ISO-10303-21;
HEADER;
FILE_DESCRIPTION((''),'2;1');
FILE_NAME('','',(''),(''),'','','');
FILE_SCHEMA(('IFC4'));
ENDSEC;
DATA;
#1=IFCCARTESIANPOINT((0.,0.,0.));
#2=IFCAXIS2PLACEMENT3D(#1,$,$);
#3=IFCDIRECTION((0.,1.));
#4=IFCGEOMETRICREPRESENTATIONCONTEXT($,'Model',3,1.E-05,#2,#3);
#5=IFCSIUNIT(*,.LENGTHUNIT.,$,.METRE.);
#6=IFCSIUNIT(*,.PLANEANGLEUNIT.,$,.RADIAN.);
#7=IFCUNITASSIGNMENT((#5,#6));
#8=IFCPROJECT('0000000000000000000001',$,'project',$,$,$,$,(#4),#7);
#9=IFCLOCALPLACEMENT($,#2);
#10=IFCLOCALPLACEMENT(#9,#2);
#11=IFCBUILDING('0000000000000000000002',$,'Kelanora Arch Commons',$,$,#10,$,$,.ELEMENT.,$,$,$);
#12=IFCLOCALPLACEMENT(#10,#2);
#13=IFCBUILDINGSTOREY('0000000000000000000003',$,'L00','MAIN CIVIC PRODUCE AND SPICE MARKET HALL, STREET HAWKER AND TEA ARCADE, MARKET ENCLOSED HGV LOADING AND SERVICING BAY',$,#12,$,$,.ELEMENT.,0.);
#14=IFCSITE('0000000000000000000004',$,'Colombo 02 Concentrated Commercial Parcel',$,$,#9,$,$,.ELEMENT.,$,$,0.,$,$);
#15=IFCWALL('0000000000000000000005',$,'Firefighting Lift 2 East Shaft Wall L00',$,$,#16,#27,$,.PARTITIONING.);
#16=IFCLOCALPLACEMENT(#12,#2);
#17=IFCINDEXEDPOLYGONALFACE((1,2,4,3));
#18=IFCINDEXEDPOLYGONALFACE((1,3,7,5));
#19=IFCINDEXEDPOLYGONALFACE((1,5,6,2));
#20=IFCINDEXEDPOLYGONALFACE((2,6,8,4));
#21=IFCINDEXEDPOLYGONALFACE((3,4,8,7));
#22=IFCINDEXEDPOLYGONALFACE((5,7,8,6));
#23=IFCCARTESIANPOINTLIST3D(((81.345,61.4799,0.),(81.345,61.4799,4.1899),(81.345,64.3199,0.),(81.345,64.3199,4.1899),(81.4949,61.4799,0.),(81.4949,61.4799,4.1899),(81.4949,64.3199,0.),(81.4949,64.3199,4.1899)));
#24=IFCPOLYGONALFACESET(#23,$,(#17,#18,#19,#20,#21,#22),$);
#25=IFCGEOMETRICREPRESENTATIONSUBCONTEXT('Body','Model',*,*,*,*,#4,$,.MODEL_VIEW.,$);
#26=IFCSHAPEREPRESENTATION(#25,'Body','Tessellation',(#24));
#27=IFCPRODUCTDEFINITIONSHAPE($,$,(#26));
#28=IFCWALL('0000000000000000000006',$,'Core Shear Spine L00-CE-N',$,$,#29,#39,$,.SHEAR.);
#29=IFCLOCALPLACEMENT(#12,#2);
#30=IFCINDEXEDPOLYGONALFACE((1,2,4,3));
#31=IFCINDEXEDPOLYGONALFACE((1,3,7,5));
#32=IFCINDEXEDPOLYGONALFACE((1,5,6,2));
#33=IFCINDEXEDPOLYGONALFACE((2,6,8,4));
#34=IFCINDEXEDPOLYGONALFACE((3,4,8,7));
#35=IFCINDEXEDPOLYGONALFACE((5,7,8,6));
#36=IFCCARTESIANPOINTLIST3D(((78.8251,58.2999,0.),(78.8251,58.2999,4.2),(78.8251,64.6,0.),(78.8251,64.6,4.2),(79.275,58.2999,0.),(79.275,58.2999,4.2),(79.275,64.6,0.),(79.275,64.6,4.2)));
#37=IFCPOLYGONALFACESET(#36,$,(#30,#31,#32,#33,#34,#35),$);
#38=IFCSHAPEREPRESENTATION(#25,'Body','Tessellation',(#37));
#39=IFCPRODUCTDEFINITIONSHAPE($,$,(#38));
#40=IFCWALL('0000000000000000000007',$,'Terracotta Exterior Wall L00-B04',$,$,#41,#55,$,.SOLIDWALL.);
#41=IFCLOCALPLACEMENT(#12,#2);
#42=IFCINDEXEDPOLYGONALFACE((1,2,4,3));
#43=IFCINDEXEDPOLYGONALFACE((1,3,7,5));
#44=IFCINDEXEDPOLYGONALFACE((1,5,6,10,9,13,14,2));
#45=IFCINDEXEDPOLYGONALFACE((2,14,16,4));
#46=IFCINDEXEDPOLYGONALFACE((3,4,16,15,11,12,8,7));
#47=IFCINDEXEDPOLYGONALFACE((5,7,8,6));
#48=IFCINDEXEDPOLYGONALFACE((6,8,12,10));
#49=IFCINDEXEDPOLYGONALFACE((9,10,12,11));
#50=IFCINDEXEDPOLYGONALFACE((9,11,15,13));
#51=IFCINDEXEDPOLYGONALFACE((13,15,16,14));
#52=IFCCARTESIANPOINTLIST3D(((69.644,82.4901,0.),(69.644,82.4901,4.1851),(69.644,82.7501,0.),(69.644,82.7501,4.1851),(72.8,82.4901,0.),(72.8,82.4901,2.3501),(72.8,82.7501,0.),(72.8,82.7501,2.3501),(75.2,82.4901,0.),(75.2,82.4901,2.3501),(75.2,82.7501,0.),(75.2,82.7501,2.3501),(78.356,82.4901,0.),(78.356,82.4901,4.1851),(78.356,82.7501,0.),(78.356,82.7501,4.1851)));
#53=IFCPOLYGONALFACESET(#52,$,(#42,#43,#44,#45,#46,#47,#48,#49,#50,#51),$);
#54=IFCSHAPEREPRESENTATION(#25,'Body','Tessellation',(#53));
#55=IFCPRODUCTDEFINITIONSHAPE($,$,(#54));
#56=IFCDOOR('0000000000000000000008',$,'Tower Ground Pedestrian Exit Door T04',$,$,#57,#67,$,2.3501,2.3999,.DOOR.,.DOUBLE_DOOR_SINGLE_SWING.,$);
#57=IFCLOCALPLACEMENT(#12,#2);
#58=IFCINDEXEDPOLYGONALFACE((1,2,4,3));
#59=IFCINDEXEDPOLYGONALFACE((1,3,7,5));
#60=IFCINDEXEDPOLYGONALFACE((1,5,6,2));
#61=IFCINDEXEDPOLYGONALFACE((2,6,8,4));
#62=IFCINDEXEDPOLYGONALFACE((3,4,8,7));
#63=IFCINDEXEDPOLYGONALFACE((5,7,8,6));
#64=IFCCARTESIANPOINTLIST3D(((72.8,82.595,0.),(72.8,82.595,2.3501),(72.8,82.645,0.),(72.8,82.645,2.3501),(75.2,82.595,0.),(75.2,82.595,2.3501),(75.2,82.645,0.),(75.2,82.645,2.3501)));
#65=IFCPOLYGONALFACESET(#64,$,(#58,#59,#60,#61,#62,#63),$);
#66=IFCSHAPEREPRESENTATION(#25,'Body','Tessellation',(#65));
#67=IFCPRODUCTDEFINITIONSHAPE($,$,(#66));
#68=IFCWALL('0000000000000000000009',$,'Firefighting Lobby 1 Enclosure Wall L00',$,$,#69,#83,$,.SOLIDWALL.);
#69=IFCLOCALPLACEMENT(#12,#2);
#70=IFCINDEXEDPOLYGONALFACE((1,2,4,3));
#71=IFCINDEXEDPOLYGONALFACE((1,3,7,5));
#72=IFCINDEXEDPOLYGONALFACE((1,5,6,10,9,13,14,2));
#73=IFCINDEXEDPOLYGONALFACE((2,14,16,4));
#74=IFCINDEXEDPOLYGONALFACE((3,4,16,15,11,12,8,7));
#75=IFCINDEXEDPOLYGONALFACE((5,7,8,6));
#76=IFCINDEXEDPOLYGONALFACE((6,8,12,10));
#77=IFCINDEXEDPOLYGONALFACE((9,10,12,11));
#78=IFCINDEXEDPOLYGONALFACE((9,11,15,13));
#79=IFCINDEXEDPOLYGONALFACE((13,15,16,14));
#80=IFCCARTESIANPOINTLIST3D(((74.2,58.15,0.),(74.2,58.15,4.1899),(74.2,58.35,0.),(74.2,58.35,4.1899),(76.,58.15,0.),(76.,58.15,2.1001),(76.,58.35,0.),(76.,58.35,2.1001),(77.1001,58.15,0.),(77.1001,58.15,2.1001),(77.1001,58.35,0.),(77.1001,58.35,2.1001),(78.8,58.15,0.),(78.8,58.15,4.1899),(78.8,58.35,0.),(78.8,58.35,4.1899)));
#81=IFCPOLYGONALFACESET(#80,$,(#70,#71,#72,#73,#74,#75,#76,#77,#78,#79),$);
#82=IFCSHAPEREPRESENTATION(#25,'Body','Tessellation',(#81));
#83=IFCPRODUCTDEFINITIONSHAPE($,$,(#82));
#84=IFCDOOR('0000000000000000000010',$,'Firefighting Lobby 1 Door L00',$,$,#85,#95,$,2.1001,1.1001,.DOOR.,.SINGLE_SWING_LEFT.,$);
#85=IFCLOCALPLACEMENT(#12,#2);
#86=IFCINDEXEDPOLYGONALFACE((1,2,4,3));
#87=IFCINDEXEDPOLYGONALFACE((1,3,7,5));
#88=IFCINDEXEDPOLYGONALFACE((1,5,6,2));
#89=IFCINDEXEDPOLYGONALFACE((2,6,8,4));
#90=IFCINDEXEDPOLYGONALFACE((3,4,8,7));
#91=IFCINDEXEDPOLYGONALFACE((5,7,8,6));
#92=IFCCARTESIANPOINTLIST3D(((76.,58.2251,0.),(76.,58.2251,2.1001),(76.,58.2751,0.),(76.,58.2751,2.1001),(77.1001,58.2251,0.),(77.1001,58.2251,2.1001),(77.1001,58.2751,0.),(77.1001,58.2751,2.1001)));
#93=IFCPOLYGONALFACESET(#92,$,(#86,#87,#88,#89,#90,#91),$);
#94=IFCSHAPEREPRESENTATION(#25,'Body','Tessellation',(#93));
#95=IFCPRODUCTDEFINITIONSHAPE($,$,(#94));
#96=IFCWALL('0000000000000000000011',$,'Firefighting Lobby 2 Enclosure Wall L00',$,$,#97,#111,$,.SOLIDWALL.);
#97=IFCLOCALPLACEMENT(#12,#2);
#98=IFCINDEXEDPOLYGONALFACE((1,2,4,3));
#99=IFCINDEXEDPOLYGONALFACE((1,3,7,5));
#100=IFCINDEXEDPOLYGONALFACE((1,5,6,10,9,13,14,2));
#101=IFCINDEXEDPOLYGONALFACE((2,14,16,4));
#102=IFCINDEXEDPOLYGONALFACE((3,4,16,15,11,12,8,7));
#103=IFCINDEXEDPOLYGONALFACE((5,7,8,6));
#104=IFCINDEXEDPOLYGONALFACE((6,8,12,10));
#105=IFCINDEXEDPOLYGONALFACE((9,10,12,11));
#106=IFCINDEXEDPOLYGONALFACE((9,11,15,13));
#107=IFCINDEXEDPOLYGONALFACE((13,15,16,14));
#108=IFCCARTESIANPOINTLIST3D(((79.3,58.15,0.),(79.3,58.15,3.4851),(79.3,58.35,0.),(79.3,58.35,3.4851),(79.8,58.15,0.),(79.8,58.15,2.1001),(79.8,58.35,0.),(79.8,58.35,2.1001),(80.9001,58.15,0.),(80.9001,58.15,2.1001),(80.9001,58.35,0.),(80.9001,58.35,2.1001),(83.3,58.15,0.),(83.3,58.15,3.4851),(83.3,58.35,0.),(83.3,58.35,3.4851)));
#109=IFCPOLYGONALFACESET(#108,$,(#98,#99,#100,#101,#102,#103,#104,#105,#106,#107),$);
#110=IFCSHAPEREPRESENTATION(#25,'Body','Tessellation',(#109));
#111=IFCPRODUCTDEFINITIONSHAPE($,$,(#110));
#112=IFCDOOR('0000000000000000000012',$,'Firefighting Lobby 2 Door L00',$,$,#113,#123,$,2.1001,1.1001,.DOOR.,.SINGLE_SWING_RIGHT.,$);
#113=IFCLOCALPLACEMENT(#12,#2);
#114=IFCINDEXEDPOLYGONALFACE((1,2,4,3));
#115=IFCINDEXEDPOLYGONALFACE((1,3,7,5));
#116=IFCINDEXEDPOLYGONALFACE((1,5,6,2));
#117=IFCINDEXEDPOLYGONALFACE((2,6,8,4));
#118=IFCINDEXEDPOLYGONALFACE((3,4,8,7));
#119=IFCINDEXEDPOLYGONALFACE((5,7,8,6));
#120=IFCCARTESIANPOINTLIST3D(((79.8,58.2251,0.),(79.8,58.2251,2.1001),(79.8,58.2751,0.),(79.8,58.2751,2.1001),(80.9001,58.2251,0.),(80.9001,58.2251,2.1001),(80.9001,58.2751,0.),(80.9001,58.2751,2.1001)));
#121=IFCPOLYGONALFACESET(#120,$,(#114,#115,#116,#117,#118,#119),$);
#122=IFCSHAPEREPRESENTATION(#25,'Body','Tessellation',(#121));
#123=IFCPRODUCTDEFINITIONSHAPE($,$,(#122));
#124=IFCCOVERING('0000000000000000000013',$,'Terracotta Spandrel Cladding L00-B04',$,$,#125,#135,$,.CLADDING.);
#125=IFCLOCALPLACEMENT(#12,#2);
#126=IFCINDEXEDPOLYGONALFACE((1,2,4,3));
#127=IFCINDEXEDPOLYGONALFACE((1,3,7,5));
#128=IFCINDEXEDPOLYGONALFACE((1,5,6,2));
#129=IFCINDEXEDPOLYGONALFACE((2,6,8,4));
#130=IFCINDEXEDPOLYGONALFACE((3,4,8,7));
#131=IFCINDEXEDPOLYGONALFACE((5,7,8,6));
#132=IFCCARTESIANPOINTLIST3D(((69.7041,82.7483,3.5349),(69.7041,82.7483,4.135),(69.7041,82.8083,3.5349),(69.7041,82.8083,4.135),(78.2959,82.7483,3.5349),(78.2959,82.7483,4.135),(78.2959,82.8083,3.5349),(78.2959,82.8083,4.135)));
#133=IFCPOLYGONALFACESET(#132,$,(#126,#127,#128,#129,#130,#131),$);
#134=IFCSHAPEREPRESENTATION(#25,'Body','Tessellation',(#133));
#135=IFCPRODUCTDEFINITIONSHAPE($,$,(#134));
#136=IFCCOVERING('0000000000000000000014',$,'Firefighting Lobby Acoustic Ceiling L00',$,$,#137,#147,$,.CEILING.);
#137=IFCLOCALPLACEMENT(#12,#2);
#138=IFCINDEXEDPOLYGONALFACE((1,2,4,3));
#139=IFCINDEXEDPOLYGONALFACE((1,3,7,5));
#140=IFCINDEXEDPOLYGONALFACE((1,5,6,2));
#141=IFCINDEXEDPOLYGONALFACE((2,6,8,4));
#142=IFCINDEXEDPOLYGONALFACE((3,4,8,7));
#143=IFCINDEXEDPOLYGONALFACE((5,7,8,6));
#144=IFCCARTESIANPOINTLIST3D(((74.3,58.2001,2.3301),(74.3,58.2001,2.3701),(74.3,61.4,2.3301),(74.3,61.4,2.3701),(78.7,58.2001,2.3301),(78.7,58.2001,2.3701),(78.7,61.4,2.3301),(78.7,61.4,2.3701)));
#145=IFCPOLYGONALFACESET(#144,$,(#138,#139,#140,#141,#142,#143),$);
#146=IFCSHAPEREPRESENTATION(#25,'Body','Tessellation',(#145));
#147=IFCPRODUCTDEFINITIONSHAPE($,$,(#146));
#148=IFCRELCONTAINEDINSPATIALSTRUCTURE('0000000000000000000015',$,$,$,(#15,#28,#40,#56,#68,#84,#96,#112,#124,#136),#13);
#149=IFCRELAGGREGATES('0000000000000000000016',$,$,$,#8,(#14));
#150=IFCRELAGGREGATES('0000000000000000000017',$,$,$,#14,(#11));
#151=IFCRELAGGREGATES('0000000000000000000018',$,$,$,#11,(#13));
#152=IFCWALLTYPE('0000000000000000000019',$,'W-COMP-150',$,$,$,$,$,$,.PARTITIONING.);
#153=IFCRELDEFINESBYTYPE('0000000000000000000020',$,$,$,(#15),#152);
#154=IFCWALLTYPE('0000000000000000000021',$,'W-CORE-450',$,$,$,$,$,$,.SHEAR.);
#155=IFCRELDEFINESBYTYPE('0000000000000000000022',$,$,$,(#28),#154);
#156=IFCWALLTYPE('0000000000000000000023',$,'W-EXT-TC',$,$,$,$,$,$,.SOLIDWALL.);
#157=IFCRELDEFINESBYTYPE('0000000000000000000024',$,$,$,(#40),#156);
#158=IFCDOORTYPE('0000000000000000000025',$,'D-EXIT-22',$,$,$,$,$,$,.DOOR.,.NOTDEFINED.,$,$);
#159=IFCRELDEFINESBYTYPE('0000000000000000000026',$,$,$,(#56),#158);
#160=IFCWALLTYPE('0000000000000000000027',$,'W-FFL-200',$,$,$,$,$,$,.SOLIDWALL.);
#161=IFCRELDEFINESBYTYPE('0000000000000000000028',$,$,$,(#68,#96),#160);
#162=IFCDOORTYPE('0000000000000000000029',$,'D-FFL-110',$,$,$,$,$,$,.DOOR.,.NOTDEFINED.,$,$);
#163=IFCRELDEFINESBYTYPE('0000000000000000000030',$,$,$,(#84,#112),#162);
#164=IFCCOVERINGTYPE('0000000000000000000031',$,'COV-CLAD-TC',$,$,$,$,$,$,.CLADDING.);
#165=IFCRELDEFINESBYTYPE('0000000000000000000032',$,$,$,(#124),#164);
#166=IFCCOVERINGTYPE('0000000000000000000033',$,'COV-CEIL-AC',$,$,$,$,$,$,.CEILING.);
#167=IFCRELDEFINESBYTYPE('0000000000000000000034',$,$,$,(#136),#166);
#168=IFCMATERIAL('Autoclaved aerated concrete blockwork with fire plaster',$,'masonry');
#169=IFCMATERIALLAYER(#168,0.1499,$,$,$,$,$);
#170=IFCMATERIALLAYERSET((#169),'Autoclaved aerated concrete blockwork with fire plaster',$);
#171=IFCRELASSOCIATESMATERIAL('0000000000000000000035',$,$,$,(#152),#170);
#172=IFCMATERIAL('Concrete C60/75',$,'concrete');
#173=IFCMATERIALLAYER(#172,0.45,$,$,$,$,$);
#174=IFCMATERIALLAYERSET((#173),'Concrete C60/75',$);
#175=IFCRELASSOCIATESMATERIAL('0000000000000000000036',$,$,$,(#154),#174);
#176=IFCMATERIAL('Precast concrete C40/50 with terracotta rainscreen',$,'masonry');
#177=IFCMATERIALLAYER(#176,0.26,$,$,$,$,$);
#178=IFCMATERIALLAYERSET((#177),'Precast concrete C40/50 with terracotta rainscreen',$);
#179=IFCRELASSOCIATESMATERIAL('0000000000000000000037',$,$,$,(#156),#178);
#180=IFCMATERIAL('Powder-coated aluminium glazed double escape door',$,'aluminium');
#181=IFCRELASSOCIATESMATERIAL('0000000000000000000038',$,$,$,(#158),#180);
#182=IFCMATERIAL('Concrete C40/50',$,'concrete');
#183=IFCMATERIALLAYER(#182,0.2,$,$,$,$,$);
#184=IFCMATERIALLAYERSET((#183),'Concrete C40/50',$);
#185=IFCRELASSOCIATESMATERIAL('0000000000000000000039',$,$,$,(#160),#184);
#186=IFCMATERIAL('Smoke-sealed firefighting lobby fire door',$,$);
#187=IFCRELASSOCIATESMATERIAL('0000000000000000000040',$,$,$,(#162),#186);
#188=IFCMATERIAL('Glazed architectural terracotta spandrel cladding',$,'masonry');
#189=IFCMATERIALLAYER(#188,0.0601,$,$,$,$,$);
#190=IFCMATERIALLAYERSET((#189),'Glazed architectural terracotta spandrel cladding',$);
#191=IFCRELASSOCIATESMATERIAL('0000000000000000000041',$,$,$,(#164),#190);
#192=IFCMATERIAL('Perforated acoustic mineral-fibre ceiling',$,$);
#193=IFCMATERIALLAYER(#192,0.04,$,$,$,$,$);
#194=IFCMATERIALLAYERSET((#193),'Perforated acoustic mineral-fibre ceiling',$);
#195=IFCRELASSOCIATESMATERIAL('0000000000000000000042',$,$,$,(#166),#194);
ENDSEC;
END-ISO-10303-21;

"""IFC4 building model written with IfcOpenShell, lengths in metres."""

from ifc_helpers import new_model, si_unit, direction, frame, frame_2d, origin, origin_2d, place, context, subcontext, project, spatial, rectangle, extrude, source, transform, mapped, material, layer, layer_set, type_object, element, fill, save


model = new_model("IFC4")

# Units and contexts
model_context = context("Model", 3, precision=1e-05, world=origin(), true_north=direction((0.0, 1.0)))
body_context = subcontext(model_context, "Body", "Model", "MODEL_VIEW")
ifc_project = project(units=[si_unit("LENGTHUNIT", "METRE"), si_unit("PLANEANGLEUNIT", "RADIAN")], contexts=[model_context])

# Site, building, storey
site_placement = place(None, origin())
site = spatial("IfcSite", under=ifc_project, at=site_placement, Name="Colombo 02 Concentrated Commercial Parcel", CompositionType="ELEMENT", RefElevation=0.0)
building_placement = place(site_placement, origin())
building = spatial("IfcBuilding", under=site, at=building_placement, Name="Kelanora Arch Commons", CompositionType="ELEMENT")
storey_placement = place(building_placement, origin())
storey = spatial("IfcBuildingStorey", under=building, at=storey_placement, Name="L00", Description="MAIN CIVIC PRODUCE AND SPICE MARKET HALL, STREET HAWKER AND TEA ARCADE, MARKET ENCLOSED HGV LOADING AND SERVICING BAY", CompositionType="ELEMENT", Elevation=0.0)

# Shared definitions
ifc_material_1 = material(Name="Concrete C60/75", Category="concrete")

# Walls
ifc_material_2 = material(Name="Autoclaved aerated concrete blockwork with fire plaster", Category="masonry")
ifc_layer_1 = layer(ifc_material_2, 0.1499)
ifc_layer_set_1 = layer_set([ifc_layer_1], Name="Autoclaved aerated concrete blockwork with fire plaster")
wall_type_1 = type_object("IfcWallType", Name="W-COMP-150", PredefinedType="PARTITIONING", material=ifc_layer_set_1)
for number, where, z_axis, x_axis, name in (
    (1, (81.4199, 61.48, 0.0), (0.0, 0.0, 1.0), (0.0, 1.0, 0.0), "Firefighting Lift 2 East Shaft Wall L00"),
):
    element("IfcWall", number, at=place(storey_placement, frame(where, z_axis=z_axis, x_axis=x_axis)), inside=storey, type_object=wall_type_1, Name=name, PredefinedType="PARTITIONING", context=body_context, shape_type="SweptSolid", body=[
        extrude(rectangle(XDim=2.8401, YDim=0.1499, at=frame_2d((1.4199, 0.0))), origin(), (0.0, 0.0, 1.0), 4.1899),
    ])
ifc_layer_2 = layer(ifc_material_1, 0.45)
ifc_layer_set_2 = layer_set([ifc_layer_2], Name="Concrete C60/75")
wall_type_2 = type_object("IfcWallType", Name="W-CORE-450", PredefinedType="SHEAR", material=ifc_layer_set_2)
wall_1_placement = place(storey_placement, frame((79.05, 58.3, 0.0), z_axis=(0.0, 0.0, 1.0), x_axis=(0.0, 1.0, 0.0)))
element("IfcWall", 2, at=wall_1_placement, inside=storey, type_object=wall_type_2, Name="Core Shear Spine L00-CE-N", PredefinedType="SHEAR", context=body_context, shape_type="SweptSolid", body=[
    extrude(rectangle(XDim=6.3, YDim=0.45, at=frame_2d((3.1499, 0.0))), origin(), (0.0, 0.0, 1.0), 4.2),
])

# Walls, openings, doors
ifc_material_3 = material(Name="Precast concrete C40/50 with terracotta rainscreen", Category="masonry")
ifc_layer_3 = layer(ifc_material_3, 0.26)
ifc_layer_set_3 = layer_set([ifc_layer_3], Name="Precast concrete C40/50 with terracotta rainscreen")
wall_type_3 = type_object("IfcWallType", Name="W-EXT-TC", PredefinedType="SOLIDWALL", material=ifc_layer_set_3)
wall_2_placement = place(storey_placement, frame((78.356, 82.6201, 0.0), z_axis=(0.0, 0.0, 1.0), x_axis=(-1.0, 0.0, 0.0)))
wall_2 = element("IfcWall", 3, at=wall_2_placement, inside=storey, type_object=wall_type_3, Name="Terracotta Exterior Wall L00-B04", PredefinedType="SOLIDWALL", context=body_context, shape_type="SweptSolid", body=[
    extrude(rectangle(XDim=8.7119, YDim=0.26, at=frame_2d((4.356, 0.0))), origin(), (0.0, 0.0, 1.0), 4.1851),
])
opening_1_placement = place(wall_2_placement, frame((3.156, 0.0, 0.0)))
opening_1 = element("IfcOpeningElement", 4, at=opening_1_placement, cuts=wall_2, PredefinedType="OPENING", context=body_context, shape_type="SweptSolid", body=[
    extrude(rectangle(XDim=2.3999, YDim=2.3501, at=frame_2d((1.2, 1.175))), frame((0.0, 0.1401, 0.0), z_axis=(0.0, -1.0, 0.0), x_axis=(1.0, 0.0, 0.0)), (0.0, 0.0, 1.0), 0.28),
])
ifc_material_4 = material(Name="Powder-coated aluminium glazed double escape door", Category="aluminium")
door_type_1 = type_object("IfcDoorType", Name="D-EXIT-22", OperationType="NOTDEFINED", PredefinedType="DOOR", material=ifc_material_4)
door_1_placement = place(opening_1_placement, frame((2.3999, 0.0, 0.0), z_axis=(0.0, 0.0, 1.0), x_axis=(-1.0, 0.0, 0.0)))
door_1 = element("IfcDoor", 5, at=door_1_placement, inside=storey, type_object=door_type_1, Name="Tower Ground Pedestrian Exit Door T04", OperationType="DOUBLE_DOOR_SINGLE_SWING", OverallHeight=2.3501, OverallWidth=2.3999, PredefinedType="DOOR", context=body_context, shape_type="SweptSolid", body=[
    extrude(rectangle(XDim=2.3999, YDim=2.3501, at=frame_2d((1.2, 1.175))), frame((0.0, 0.0249, 0.0), z_axis=(0.0, -1.0, 0.0), x_axis=(1.0, 0.0, 0.0)), (0.0, 0.0, 1.0), 0.05),
])
fill(opening_1, door_1)
ifc_material_5 = material(Name="Concrete C40/50", Category="concrete")
ifc_layer_4 = layer(ifc_material_5, 0.2)
ifc_layer_set_4 = layer_set([ifc_layer_4], Name="Concrete C40/50")
wall_type_4 = type_object("IfcWallType", Name="W-FFL-200", PredefinedType="SOLIDWALL", material=ifc_layer_set_4)
wall_3_placement = place(storey_placement, frame((74.2, 58.25, 0.0), z_axis=(0.0, 0.0, 1.0), x_axis=(1.0, 0.0, 0.0)))
wall_3 = element("IfcWall", 6, at=wall_3_placement, inside=storey, type_object=wall_type_4, Name="Firefighting Lobby 1 Enclosure Wall L00", PredefinedType="SOLIDWALL", context=body_context, shape_type="SweptSolid", body=[
    extrude(rectangle(XDim=4.6001, YDim=0.2, at=frame_2d((2.3, 0.0))), origin(), (0.0, 0.0, 1.0), 4.1899),
])
opening_2_placement = place(wall_3_placement, frame((1.8, 0.0, 0.0)))
opening_2 = element("IfcOpeningElement", 7, at=opening_2_placement, cuts=wall_3, PredefinedType="OPENING", context=body_context, shape_type="SweptSolid", body=[
    extrude(rectangle(XDim=1.1001, YDim=2.1001, at=frame_2d((0.55, 1.05))), frame((0.0, 0.1099, 0.0), z_axis=(0.0, -1.0, 0.0), x_axis=(1.0, 0.0, 0.0)), (0.0, 0.0, 1.0), 0.22),
])
ifc_material_6 = material(Name="Smoke-sealed firefighting lobby fire door")
door_type_2 = type_object("IfcDoorType", Name="D-FFL-110", OperationType="NOTDEFINED", PredefinedType="DOOR", material=ifc_material_6)
door_2_placement = place(opening_2_placement, frame((1.1001, 0.0, 0.0), z_axis=(0.0, 0.0, 1.0), x_axis=(-1.0, 0.0, 0.0)))
door_2 = element("IfcDoor", 8, at=door_2_placement, inside=storey, type_object=door_type_2, Name="Firefighting Lobby 1 Door L00", OperationType="SINGLE_SWING_LEFT", OverallHeight=2.1001, OverallWidth=1.1001, PredefinedType="DOOR", context=body_context, shape_type="SweptSolid", body=[
    extrude(rectangle(XDim=1.1001, YDim=2.1001, at=frame_2d((0.55, 1.05))), frame((0.0, 0.0249, 0.0), z_axis=(0.0, -1.0, 0.0), x_axis=(1.0, 0.0, 0.0)), (0.0, 0.0, 1.0), 0.05),
])
fill(opening_2, door_2)
wall_4_placement = place(storey_placement, frame((79.3, 58.25, 0.0), z_axis=(0.0, 0.0, 1.0), x_axis=(1.0, 0.0, 0.0)))
wall_4 = element("IfcWall", 9, at=wall_4_placement, inside=storey, type_object=wall_type_4, Name="Firefighting Lobby 2 Enclosure Wall L00", PredefinedType="SOLIDWALL", context=body_context, shape_type="SweptSolid", body=[
    extrude(rectangle(XDim=4.0, YDim=0.2, at=frame_2d((2.0, 0.0))), origin(), (0.0, 0.0, 1.0), 3.4851),
])
opening_3_placement = place(wall_4_placement, frame((0.5, 0.0, 0.0)))
opening_3 = element("IfcOpeningElement", 10, at=opening_3_placement, cuts=wall_4, PredefinedType="OPENING", context=body_context, shape_type="SweptSolid", body=[
    extrude(rectangle(XDim=1.1001, YDim=2.1001, at=frame_2d((0.55, 1.05))), frame((0.0, 0.1099, 0.0), z_axis=(0.0, -1.0, 0.0), x_axis=(1.0, 0.0, 0.0)), (0.0, 0.0, 1.0), 0.22),
])
door_3_placement = place(opening_3_placement, frame((1.1001, 0.0, 0.0), z_axis=(0.0, 0.0, 1.0), x_axis=(-1.0, 0.0, 0.0)))
door_3 = element("IfcDoor", 11, at=door_3_placement, inside=storey, type_object=door_type_2, Name="Firefighting Lobby 2 Door L00", OperationType="SINGLE_SWING_RIGHT", OverallHeight=2.1001, OverallWidth=1.1001, PredefinedType="DOOR", context=body_context, shape_type="SweptSolid", body=[
    extrude(rectangle(XDim=1.1001, YDim=2.1001, at=frame_2d((0.55, 1.05))), frame((0.0, 0.0249, 0.0), z_axis=(0.0, -1.0, 0.0), x_axis=(1.0, 0.0, 0.0)), (0.0, 0.0, 1.0), 0.05),
])
fill(opening_3, door_3)

# Coverings
ifc_material_7 = material(Name="Glazed architectural terracotta spandrel cladding", Category="masonry")
ifc_layer_5 = layer(ifc_material_7, 0.0601)
ifc_layer_set_5 = layer_set([ifc_layer_5], Name="Glazed architectural terracotta spandrel cladding")
covering_type_1 = type_object("IfcCoveringType", Name="COV-CLAD-TC", PredefinedType="CLADDING", material=ifc_layer_set_5)
shared_shape_1 = source(origin(), body_context, "Body", "SweptSolid", [
    extrude(rectangle(XDim=8.5918, YDim=0.0601, at=origin_2d()), origin(), (0.0, 0.0, 1.0), 0.6001),
])
covering_1_placement = place(storey_placement, frame((74.0, 82.7783, 3.5349), z_axis=(0.0, 0.0, 1.0), x_axis=(-1.0, 0.0, 0.0)))
element("IfcCovering", 12, at=covering_1_placement, inside=storey, type_object=covering_type_1, Name="Terracotta Spandrel Cladding L00-B04", PredefinedType="CLADDING", context=body_context, shape_type="MappedRepresentation", body=[
    mapped(shared_shape_1, transform((0.0, 0.0, 0.0), scale=1.0)),
])
ifc_material_8 = material(Name="Perforated acoustic mineral-fibre ceiling")
ifc_layer_6 = layer(ifc_material_8, 0.04)
ifc_layer_set_6 = layer_set([ifc_layer_6], Name="Perforated acoustic mineral-fibre ceiling")
covering_type_2 = type_object("IfcCoveringType", Name="COV-CEIL-AC", PredefinedType="CEILING", material=ifc_layer_set_6)
shared_shape_2 = source(origin(), body_context, "Body", "SweptSolid", [
    extrude(rectangle(XDim=4.3999, YDim=3.2, at=origin_2d()), origin(), (0.0, 0.0, 1.0), 0.04),
])
covering_2_placement = place(storey_placement, frame((76.5, 59.8, 2.3301), z_axis=(0.0, 0.0, 1.0), x_axis=(1.0, 0.0, 0.0)))
element("IfcCovering", 13, at=covering_2_placement, inside=storey, type_object=covering_type_2, Name="Firefighting Lobby Acoustic Ceiling L00", PredefinedType="CEILING", context=body_context, shape_type="MappedRepresentation", body=[
    mapped(shared_shape_2, transform((0.0, 0.0, 0.0), scale=1.0)),
])

save(model, "model.ifc")
